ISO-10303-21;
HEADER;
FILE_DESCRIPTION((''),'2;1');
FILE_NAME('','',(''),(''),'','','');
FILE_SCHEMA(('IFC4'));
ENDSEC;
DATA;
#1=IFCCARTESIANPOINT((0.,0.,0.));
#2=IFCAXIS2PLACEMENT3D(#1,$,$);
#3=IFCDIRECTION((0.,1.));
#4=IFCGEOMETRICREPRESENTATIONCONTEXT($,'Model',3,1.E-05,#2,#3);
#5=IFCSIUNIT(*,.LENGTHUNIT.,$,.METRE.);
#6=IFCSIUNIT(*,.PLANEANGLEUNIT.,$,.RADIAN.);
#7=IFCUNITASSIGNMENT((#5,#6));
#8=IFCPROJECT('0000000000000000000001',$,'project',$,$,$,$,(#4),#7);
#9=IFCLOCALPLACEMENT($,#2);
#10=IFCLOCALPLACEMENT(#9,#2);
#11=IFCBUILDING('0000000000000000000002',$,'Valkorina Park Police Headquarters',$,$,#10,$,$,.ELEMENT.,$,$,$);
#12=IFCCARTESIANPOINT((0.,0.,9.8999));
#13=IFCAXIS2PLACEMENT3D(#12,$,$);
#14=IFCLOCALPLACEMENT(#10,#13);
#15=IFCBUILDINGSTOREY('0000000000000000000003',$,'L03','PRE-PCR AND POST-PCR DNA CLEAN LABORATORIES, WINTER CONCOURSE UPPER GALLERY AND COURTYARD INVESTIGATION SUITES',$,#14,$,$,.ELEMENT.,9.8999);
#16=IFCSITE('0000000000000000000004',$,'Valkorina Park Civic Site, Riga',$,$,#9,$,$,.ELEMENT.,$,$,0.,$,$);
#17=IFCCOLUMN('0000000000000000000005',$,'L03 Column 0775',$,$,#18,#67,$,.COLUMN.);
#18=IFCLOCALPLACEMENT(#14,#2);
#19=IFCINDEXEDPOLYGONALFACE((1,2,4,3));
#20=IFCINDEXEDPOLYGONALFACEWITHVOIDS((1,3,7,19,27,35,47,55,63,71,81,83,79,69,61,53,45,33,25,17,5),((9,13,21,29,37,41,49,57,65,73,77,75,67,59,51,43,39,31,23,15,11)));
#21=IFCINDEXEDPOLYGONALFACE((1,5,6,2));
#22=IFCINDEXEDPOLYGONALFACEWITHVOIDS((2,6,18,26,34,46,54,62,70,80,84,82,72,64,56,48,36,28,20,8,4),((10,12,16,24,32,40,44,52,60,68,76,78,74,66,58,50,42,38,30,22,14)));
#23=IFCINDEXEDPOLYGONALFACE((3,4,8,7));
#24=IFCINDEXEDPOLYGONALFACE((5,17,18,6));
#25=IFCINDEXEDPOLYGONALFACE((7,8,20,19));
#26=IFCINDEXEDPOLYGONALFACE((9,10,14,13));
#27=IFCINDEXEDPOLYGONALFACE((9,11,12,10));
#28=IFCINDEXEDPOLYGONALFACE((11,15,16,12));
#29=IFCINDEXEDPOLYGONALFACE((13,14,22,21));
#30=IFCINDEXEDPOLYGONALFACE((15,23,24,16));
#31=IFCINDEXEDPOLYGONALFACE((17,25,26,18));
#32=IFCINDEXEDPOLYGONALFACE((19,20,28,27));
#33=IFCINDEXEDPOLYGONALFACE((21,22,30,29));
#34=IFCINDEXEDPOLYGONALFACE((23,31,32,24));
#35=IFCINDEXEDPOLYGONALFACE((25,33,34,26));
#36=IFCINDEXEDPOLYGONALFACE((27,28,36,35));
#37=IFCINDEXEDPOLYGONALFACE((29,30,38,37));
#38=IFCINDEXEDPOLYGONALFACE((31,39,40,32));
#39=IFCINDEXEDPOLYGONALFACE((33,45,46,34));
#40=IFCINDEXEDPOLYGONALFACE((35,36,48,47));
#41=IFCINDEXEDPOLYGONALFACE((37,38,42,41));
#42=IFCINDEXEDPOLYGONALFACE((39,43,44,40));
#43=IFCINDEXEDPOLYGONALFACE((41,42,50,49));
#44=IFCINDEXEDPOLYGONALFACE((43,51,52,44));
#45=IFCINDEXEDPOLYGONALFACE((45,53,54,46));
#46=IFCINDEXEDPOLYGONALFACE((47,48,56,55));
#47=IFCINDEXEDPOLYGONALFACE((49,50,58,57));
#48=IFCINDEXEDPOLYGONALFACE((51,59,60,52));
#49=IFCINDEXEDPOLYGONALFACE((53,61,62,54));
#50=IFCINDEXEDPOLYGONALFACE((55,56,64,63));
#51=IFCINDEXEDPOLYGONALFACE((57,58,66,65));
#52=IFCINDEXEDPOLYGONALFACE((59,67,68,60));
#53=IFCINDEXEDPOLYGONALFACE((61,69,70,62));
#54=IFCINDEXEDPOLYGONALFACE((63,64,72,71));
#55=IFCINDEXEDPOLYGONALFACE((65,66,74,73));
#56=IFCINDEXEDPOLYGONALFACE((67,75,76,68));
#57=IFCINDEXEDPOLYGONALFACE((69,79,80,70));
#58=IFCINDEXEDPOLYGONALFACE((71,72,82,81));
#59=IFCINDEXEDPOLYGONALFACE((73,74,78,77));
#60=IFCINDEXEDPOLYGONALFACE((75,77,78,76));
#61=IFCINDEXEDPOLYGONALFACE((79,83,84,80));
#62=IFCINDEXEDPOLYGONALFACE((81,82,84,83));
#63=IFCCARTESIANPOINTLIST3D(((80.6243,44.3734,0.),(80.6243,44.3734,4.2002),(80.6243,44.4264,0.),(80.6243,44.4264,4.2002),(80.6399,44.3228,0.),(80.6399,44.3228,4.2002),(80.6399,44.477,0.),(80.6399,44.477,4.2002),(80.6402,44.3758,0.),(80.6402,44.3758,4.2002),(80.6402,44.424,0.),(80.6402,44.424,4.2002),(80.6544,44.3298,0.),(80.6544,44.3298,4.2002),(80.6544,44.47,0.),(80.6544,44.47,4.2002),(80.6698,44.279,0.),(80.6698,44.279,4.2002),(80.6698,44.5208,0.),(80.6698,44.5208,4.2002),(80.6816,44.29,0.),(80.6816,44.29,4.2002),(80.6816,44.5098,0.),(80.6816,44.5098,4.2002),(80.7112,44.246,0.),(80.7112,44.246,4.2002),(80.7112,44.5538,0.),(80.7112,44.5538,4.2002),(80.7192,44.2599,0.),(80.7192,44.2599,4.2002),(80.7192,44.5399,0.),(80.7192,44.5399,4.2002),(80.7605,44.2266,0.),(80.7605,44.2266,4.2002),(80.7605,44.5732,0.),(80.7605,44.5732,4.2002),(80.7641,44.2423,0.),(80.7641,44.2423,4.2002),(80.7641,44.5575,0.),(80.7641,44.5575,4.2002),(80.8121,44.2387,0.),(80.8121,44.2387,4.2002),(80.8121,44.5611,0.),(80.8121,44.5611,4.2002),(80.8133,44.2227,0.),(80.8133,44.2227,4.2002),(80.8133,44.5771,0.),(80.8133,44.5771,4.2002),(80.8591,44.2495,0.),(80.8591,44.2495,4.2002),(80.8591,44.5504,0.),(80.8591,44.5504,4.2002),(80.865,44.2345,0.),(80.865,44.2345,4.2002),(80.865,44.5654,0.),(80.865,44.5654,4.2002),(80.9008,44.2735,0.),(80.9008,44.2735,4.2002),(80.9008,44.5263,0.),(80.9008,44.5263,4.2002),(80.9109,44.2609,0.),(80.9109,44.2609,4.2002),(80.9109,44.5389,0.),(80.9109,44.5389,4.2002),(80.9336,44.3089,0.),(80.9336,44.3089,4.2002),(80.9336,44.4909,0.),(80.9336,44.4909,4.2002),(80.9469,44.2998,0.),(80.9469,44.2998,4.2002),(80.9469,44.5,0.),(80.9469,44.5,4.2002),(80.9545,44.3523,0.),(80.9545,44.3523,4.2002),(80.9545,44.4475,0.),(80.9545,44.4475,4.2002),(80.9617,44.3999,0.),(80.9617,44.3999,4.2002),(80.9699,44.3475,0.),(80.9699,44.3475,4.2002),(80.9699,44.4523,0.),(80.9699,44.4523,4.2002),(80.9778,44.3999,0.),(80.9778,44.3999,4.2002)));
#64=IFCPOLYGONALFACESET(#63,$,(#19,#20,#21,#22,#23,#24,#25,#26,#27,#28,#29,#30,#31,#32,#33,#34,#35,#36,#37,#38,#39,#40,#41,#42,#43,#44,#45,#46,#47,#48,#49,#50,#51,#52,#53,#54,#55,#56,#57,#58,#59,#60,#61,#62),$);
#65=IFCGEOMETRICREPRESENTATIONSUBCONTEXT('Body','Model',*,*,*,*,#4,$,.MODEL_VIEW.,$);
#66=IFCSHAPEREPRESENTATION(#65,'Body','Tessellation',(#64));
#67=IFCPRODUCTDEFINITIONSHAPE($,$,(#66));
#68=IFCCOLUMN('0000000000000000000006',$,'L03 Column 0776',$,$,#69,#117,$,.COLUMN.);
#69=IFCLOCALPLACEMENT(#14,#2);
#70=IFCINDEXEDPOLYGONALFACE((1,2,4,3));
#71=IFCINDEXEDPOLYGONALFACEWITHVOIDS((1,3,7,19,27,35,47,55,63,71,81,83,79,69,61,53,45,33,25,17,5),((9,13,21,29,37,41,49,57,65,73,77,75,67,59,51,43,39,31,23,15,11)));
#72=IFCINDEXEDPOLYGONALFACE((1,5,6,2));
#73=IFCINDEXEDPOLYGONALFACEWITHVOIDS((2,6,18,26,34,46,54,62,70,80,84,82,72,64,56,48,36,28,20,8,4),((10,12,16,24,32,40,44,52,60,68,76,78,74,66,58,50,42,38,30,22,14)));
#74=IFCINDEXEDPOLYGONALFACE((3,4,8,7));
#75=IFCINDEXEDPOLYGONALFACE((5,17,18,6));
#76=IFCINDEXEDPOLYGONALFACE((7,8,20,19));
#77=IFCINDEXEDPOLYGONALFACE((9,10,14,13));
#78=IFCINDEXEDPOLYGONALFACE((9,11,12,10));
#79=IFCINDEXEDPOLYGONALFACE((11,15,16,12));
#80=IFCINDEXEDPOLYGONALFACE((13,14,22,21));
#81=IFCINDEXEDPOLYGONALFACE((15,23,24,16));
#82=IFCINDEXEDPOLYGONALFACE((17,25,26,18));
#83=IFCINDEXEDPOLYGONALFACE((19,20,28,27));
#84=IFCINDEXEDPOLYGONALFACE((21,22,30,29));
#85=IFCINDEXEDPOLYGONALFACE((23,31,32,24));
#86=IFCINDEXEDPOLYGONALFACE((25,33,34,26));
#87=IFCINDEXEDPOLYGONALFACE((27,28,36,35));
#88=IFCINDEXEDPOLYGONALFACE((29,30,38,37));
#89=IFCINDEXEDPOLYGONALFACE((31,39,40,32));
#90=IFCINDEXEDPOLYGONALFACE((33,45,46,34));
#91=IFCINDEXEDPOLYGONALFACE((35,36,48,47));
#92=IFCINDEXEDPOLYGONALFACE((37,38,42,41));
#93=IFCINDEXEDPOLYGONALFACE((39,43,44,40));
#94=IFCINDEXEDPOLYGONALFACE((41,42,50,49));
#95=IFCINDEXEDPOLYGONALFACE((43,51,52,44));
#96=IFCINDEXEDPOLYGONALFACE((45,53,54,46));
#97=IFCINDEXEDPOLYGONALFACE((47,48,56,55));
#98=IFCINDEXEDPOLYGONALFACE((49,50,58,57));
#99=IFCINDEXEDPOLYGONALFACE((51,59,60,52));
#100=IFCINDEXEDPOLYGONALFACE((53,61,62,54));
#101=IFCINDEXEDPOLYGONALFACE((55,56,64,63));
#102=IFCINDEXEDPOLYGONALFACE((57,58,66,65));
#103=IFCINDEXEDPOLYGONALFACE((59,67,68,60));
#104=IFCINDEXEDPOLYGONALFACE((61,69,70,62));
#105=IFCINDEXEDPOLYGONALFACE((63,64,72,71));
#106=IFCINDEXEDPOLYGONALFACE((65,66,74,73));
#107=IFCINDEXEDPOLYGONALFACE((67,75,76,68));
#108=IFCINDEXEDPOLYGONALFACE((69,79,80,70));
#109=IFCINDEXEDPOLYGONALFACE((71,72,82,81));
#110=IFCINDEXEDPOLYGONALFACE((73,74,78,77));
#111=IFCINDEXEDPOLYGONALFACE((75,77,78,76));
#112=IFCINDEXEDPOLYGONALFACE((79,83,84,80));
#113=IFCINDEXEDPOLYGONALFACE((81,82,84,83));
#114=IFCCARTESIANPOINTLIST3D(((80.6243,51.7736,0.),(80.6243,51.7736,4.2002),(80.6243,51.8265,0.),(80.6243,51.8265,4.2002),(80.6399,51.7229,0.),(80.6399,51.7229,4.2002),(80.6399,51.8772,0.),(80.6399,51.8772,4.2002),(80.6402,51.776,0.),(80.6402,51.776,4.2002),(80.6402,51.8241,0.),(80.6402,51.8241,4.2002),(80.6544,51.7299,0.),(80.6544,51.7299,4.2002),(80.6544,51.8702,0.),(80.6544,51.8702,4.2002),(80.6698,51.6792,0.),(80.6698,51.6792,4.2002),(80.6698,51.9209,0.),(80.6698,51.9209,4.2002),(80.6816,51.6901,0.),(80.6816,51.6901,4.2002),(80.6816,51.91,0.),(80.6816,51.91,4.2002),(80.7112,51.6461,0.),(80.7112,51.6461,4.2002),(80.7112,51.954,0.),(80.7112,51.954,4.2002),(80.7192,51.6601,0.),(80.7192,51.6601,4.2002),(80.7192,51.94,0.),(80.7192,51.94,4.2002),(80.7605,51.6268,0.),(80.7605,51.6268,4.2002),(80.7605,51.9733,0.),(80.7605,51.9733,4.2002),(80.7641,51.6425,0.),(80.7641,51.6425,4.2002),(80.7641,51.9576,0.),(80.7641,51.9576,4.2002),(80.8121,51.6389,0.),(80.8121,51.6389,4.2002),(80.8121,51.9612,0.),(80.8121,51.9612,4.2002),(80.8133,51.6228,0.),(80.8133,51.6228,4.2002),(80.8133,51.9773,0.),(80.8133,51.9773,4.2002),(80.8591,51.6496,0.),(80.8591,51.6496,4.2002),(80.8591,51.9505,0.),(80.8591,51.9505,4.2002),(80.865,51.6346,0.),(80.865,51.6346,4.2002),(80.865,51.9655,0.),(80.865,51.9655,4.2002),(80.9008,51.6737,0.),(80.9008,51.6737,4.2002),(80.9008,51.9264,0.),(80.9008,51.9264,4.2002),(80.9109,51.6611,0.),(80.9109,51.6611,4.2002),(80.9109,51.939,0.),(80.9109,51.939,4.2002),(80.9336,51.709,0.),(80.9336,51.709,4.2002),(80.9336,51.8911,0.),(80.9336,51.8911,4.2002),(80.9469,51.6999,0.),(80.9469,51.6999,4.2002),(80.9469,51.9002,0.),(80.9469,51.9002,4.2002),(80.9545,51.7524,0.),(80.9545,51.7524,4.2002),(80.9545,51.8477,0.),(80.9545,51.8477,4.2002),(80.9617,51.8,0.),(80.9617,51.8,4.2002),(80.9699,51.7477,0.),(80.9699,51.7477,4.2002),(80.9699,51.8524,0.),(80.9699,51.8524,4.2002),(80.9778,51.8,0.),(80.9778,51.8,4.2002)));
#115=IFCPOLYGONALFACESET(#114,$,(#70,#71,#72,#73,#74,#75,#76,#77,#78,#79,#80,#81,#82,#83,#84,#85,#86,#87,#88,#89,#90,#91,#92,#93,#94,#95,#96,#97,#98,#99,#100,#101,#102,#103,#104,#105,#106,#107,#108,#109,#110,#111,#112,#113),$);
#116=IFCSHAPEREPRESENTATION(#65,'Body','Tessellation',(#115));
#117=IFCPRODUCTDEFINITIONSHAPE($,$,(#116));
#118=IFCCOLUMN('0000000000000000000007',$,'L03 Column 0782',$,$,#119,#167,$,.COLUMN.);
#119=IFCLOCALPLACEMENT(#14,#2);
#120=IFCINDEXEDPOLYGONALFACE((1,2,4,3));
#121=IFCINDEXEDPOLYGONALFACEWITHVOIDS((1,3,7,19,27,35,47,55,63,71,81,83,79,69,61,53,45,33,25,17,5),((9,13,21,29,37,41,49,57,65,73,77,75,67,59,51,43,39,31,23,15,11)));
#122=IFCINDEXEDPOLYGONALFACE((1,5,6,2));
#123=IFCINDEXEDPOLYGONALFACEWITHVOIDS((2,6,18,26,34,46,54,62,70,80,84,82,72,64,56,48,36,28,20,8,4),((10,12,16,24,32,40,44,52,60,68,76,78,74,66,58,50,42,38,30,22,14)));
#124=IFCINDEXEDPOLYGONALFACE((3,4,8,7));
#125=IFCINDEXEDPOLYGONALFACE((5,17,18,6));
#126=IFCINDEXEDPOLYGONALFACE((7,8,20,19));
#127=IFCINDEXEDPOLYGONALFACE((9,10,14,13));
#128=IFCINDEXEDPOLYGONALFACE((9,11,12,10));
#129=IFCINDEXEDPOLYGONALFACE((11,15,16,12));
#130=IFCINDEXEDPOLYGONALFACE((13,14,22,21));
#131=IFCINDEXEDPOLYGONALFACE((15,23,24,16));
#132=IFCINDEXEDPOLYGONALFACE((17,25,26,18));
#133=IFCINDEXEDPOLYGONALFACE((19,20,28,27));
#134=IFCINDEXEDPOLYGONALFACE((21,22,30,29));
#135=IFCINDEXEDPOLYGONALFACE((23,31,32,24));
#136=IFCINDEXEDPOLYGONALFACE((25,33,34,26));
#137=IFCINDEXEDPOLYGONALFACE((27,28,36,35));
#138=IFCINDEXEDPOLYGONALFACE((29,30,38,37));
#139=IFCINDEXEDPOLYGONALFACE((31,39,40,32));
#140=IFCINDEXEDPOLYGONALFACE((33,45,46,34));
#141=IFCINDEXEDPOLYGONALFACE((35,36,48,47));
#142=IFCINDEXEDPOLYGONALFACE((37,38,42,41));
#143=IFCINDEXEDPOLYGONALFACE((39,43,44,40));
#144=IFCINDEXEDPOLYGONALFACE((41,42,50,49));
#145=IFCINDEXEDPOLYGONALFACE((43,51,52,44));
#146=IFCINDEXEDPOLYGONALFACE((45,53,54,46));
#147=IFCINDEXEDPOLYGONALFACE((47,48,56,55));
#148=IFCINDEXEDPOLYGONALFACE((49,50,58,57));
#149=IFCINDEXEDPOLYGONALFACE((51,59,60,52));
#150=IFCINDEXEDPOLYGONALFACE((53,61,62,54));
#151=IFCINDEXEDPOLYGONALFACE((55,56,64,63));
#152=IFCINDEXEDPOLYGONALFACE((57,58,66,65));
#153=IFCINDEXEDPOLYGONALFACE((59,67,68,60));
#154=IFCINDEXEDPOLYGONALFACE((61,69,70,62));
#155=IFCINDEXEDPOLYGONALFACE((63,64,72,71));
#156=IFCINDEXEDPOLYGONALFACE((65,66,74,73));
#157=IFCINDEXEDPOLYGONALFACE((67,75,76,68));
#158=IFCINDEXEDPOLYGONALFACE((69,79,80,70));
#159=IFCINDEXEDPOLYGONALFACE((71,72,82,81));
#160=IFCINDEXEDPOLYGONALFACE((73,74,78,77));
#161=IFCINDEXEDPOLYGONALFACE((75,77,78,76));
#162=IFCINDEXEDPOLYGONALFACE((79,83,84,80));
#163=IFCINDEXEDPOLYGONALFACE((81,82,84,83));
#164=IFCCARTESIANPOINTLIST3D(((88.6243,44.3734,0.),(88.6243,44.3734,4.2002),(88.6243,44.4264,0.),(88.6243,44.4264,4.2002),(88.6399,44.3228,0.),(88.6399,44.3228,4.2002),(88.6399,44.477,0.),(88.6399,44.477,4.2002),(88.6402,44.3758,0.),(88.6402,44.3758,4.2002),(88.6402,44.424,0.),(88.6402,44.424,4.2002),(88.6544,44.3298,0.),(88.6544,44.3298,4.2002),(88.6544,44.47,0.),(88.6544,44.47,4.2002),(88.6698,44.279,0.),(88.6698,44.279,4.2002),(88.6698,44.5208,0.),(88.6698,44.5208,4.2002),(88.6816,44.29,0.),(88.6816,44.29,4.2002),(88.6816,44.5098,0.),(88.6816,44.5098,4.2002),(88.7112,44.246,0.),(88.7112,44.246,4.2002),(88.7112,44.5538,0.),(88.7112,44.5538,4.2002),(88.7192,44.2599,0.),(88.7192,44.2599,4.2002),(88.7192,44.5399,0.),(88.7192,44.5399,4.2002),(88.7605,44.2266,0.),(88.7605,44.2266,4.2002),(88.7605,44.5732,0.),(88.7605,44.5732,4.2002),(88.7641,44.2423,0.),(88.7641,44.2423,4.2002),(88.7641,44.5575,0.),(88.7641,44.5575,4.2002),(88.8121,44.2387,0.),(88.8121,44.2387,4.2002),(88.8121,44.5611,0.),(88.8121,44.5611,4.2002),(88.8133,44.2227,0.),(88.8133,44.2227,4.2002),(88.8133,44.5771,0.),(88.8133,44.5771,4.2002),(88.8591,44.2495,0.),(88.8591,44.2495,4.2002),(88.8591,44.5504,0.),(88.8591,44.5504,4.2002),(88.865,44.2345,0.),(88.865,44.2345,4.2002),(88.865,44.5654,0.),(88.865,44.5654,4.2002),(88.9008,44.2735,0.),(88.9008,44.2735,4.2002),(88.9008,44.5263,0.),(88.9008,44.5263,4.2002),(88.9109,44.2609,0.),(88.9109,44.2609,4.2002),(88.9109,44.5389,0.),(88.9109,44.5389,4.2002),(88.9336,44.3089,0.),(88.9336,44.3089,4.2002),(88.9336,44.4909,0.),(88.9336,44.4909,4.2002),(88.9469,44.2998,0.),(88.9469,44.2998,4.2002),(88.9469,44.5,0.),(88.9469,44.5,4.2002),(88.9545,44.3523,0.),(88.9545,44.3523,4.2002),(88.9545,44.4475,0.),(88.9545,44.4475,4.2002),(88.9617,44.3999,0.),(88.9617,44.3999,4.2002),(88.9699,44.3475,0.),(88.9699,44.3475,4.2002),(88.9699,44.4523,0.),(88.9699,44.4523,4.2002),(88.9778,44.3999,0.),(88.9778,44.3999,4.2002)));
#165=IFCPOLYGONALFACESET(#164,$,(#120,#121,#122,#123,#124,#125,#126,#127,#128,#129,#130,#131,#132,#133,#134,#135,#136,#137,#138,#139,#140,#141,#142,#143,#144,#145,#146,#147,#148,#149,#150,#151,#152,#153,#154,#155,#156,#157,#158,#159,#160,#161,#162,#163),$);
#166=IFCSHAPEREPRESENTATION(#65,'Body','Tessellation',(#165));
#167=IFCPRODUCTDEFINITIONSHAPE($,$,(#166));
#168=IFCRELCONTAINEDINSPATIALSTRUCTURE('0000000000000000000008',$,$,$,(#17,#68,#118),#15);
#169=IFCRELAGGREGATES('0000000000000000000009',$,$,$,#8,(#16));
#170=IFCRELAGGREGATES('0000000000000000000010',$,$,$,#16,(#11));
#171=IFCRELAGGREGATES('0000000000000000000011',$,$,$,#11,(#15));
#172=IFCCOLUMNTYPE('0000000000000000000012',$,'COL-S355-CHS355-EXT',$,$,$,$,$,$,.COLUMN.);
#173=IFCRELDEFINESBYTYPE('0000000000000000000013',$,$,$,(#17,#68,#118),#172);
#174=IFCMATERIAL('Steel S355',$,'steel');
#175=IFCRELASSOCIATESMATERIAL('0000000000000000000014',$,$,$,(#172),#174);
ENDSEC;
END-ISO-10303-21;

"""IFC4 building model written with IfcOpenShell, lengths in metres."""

from ifc_helpers import new_model, si_unit, direction, frame, origin, origin_2d, place, context, subcontext, project, spatial, hollow_circle, extrude, material, material_profile, profile_set, type_object, element, save


model = new_model("IFC4")

# Units and contexts
model_context = context("Model", 3, precision=1e-05, world=origin(), true_north=direction((0.0, 1.0)))
body_context = subcontext(model_context, "Body", "Model", "MODEL_VIEW")
ifc_project = project(units=[si_unit("LENGTHUNIT", "METRE"), si_unit("PLANEANGLEUNIT", "RADIAN")], contexts=[model_context])

# Site, building, storey
site_placement = place(None, origin())
site = spatial("IfcSite", under=ifc_project, at=site_placement, Name="Valkorina Park Civic Site, Riga", CompositionType="ELEMENT", RefElevation=0.0)
building_placement = place(site_placement, origin())
building = spatial("IfcBuilding", under=site, at=building_placement, Name="Valkorina Park Police Headquarters", CompositionType="ELEMENT")
storey_placement = place(building_placement, frame((0.0, 0.0, 9.8999)))
storey = spatial("IfcBuildingStorey", under=building, at=storey_placement, Name="L03", Description="PRE-PCR AND POST-PCR DNA CLEAN LABORATORIES, WINTER CONCOURSE UPPER GALLERY AND COURTYARD INVESTIGATION SUITES", CompositionType="ELEMENT", Elevation=9.8999)

# Columns
ifc_material_1 = material(Name="Steel S355", Category="steel")
ifc_material_profile_1 = material_profile(ifc_material_1, hollow_circle(Radius=0.1777, WallThickness=0.0161, at=origin_2d()), Name="CHS 355.6x16")
ifc_profile_set_1 = profile_set([ifc_material_profile_1], Name="Steel S355")
column_type = type_object("IfcColumnType", Name="COL-S355-CHS355-EXT", PredefinedType="COLUMN", material=ifc_profile_set_1)
for number, where, z_axis, x_axis, name in (
    (1, (80.8, 44.3999, 0.0), (0.0, 0.0, 1.0), (1.0, 0.0, 0.0), "L03 Column 0775"),
    (2, (80.8, 51.8, 0.0), (0.0, 0.0, 1.0), (1.0, 0.0, 0.0), "L03 Column 0776"),
    (3, (88.8, 44.3999, 0.0), (0.0, 0.0, 1.0), (1.0, 0.0, 0.0), "L03 Column 0782"),
):
    element("IfcColumn", number, at=place(storey_placement, frame(where, z_axis=z_axis, x_axis=x_axis)), inside=storey, type_object=column_type, Name=name, PredefinedType="COLUMN", context=body_context, shape_type="SweptSolid", body=[
        extrude(hollow_circle(Radius=0.1777, WallThickness=0.0161, at=origin_2d()), origin(), (0.0, 0.0, 1.0), 4.2002),
    ])

save(model, "model.ifc")
